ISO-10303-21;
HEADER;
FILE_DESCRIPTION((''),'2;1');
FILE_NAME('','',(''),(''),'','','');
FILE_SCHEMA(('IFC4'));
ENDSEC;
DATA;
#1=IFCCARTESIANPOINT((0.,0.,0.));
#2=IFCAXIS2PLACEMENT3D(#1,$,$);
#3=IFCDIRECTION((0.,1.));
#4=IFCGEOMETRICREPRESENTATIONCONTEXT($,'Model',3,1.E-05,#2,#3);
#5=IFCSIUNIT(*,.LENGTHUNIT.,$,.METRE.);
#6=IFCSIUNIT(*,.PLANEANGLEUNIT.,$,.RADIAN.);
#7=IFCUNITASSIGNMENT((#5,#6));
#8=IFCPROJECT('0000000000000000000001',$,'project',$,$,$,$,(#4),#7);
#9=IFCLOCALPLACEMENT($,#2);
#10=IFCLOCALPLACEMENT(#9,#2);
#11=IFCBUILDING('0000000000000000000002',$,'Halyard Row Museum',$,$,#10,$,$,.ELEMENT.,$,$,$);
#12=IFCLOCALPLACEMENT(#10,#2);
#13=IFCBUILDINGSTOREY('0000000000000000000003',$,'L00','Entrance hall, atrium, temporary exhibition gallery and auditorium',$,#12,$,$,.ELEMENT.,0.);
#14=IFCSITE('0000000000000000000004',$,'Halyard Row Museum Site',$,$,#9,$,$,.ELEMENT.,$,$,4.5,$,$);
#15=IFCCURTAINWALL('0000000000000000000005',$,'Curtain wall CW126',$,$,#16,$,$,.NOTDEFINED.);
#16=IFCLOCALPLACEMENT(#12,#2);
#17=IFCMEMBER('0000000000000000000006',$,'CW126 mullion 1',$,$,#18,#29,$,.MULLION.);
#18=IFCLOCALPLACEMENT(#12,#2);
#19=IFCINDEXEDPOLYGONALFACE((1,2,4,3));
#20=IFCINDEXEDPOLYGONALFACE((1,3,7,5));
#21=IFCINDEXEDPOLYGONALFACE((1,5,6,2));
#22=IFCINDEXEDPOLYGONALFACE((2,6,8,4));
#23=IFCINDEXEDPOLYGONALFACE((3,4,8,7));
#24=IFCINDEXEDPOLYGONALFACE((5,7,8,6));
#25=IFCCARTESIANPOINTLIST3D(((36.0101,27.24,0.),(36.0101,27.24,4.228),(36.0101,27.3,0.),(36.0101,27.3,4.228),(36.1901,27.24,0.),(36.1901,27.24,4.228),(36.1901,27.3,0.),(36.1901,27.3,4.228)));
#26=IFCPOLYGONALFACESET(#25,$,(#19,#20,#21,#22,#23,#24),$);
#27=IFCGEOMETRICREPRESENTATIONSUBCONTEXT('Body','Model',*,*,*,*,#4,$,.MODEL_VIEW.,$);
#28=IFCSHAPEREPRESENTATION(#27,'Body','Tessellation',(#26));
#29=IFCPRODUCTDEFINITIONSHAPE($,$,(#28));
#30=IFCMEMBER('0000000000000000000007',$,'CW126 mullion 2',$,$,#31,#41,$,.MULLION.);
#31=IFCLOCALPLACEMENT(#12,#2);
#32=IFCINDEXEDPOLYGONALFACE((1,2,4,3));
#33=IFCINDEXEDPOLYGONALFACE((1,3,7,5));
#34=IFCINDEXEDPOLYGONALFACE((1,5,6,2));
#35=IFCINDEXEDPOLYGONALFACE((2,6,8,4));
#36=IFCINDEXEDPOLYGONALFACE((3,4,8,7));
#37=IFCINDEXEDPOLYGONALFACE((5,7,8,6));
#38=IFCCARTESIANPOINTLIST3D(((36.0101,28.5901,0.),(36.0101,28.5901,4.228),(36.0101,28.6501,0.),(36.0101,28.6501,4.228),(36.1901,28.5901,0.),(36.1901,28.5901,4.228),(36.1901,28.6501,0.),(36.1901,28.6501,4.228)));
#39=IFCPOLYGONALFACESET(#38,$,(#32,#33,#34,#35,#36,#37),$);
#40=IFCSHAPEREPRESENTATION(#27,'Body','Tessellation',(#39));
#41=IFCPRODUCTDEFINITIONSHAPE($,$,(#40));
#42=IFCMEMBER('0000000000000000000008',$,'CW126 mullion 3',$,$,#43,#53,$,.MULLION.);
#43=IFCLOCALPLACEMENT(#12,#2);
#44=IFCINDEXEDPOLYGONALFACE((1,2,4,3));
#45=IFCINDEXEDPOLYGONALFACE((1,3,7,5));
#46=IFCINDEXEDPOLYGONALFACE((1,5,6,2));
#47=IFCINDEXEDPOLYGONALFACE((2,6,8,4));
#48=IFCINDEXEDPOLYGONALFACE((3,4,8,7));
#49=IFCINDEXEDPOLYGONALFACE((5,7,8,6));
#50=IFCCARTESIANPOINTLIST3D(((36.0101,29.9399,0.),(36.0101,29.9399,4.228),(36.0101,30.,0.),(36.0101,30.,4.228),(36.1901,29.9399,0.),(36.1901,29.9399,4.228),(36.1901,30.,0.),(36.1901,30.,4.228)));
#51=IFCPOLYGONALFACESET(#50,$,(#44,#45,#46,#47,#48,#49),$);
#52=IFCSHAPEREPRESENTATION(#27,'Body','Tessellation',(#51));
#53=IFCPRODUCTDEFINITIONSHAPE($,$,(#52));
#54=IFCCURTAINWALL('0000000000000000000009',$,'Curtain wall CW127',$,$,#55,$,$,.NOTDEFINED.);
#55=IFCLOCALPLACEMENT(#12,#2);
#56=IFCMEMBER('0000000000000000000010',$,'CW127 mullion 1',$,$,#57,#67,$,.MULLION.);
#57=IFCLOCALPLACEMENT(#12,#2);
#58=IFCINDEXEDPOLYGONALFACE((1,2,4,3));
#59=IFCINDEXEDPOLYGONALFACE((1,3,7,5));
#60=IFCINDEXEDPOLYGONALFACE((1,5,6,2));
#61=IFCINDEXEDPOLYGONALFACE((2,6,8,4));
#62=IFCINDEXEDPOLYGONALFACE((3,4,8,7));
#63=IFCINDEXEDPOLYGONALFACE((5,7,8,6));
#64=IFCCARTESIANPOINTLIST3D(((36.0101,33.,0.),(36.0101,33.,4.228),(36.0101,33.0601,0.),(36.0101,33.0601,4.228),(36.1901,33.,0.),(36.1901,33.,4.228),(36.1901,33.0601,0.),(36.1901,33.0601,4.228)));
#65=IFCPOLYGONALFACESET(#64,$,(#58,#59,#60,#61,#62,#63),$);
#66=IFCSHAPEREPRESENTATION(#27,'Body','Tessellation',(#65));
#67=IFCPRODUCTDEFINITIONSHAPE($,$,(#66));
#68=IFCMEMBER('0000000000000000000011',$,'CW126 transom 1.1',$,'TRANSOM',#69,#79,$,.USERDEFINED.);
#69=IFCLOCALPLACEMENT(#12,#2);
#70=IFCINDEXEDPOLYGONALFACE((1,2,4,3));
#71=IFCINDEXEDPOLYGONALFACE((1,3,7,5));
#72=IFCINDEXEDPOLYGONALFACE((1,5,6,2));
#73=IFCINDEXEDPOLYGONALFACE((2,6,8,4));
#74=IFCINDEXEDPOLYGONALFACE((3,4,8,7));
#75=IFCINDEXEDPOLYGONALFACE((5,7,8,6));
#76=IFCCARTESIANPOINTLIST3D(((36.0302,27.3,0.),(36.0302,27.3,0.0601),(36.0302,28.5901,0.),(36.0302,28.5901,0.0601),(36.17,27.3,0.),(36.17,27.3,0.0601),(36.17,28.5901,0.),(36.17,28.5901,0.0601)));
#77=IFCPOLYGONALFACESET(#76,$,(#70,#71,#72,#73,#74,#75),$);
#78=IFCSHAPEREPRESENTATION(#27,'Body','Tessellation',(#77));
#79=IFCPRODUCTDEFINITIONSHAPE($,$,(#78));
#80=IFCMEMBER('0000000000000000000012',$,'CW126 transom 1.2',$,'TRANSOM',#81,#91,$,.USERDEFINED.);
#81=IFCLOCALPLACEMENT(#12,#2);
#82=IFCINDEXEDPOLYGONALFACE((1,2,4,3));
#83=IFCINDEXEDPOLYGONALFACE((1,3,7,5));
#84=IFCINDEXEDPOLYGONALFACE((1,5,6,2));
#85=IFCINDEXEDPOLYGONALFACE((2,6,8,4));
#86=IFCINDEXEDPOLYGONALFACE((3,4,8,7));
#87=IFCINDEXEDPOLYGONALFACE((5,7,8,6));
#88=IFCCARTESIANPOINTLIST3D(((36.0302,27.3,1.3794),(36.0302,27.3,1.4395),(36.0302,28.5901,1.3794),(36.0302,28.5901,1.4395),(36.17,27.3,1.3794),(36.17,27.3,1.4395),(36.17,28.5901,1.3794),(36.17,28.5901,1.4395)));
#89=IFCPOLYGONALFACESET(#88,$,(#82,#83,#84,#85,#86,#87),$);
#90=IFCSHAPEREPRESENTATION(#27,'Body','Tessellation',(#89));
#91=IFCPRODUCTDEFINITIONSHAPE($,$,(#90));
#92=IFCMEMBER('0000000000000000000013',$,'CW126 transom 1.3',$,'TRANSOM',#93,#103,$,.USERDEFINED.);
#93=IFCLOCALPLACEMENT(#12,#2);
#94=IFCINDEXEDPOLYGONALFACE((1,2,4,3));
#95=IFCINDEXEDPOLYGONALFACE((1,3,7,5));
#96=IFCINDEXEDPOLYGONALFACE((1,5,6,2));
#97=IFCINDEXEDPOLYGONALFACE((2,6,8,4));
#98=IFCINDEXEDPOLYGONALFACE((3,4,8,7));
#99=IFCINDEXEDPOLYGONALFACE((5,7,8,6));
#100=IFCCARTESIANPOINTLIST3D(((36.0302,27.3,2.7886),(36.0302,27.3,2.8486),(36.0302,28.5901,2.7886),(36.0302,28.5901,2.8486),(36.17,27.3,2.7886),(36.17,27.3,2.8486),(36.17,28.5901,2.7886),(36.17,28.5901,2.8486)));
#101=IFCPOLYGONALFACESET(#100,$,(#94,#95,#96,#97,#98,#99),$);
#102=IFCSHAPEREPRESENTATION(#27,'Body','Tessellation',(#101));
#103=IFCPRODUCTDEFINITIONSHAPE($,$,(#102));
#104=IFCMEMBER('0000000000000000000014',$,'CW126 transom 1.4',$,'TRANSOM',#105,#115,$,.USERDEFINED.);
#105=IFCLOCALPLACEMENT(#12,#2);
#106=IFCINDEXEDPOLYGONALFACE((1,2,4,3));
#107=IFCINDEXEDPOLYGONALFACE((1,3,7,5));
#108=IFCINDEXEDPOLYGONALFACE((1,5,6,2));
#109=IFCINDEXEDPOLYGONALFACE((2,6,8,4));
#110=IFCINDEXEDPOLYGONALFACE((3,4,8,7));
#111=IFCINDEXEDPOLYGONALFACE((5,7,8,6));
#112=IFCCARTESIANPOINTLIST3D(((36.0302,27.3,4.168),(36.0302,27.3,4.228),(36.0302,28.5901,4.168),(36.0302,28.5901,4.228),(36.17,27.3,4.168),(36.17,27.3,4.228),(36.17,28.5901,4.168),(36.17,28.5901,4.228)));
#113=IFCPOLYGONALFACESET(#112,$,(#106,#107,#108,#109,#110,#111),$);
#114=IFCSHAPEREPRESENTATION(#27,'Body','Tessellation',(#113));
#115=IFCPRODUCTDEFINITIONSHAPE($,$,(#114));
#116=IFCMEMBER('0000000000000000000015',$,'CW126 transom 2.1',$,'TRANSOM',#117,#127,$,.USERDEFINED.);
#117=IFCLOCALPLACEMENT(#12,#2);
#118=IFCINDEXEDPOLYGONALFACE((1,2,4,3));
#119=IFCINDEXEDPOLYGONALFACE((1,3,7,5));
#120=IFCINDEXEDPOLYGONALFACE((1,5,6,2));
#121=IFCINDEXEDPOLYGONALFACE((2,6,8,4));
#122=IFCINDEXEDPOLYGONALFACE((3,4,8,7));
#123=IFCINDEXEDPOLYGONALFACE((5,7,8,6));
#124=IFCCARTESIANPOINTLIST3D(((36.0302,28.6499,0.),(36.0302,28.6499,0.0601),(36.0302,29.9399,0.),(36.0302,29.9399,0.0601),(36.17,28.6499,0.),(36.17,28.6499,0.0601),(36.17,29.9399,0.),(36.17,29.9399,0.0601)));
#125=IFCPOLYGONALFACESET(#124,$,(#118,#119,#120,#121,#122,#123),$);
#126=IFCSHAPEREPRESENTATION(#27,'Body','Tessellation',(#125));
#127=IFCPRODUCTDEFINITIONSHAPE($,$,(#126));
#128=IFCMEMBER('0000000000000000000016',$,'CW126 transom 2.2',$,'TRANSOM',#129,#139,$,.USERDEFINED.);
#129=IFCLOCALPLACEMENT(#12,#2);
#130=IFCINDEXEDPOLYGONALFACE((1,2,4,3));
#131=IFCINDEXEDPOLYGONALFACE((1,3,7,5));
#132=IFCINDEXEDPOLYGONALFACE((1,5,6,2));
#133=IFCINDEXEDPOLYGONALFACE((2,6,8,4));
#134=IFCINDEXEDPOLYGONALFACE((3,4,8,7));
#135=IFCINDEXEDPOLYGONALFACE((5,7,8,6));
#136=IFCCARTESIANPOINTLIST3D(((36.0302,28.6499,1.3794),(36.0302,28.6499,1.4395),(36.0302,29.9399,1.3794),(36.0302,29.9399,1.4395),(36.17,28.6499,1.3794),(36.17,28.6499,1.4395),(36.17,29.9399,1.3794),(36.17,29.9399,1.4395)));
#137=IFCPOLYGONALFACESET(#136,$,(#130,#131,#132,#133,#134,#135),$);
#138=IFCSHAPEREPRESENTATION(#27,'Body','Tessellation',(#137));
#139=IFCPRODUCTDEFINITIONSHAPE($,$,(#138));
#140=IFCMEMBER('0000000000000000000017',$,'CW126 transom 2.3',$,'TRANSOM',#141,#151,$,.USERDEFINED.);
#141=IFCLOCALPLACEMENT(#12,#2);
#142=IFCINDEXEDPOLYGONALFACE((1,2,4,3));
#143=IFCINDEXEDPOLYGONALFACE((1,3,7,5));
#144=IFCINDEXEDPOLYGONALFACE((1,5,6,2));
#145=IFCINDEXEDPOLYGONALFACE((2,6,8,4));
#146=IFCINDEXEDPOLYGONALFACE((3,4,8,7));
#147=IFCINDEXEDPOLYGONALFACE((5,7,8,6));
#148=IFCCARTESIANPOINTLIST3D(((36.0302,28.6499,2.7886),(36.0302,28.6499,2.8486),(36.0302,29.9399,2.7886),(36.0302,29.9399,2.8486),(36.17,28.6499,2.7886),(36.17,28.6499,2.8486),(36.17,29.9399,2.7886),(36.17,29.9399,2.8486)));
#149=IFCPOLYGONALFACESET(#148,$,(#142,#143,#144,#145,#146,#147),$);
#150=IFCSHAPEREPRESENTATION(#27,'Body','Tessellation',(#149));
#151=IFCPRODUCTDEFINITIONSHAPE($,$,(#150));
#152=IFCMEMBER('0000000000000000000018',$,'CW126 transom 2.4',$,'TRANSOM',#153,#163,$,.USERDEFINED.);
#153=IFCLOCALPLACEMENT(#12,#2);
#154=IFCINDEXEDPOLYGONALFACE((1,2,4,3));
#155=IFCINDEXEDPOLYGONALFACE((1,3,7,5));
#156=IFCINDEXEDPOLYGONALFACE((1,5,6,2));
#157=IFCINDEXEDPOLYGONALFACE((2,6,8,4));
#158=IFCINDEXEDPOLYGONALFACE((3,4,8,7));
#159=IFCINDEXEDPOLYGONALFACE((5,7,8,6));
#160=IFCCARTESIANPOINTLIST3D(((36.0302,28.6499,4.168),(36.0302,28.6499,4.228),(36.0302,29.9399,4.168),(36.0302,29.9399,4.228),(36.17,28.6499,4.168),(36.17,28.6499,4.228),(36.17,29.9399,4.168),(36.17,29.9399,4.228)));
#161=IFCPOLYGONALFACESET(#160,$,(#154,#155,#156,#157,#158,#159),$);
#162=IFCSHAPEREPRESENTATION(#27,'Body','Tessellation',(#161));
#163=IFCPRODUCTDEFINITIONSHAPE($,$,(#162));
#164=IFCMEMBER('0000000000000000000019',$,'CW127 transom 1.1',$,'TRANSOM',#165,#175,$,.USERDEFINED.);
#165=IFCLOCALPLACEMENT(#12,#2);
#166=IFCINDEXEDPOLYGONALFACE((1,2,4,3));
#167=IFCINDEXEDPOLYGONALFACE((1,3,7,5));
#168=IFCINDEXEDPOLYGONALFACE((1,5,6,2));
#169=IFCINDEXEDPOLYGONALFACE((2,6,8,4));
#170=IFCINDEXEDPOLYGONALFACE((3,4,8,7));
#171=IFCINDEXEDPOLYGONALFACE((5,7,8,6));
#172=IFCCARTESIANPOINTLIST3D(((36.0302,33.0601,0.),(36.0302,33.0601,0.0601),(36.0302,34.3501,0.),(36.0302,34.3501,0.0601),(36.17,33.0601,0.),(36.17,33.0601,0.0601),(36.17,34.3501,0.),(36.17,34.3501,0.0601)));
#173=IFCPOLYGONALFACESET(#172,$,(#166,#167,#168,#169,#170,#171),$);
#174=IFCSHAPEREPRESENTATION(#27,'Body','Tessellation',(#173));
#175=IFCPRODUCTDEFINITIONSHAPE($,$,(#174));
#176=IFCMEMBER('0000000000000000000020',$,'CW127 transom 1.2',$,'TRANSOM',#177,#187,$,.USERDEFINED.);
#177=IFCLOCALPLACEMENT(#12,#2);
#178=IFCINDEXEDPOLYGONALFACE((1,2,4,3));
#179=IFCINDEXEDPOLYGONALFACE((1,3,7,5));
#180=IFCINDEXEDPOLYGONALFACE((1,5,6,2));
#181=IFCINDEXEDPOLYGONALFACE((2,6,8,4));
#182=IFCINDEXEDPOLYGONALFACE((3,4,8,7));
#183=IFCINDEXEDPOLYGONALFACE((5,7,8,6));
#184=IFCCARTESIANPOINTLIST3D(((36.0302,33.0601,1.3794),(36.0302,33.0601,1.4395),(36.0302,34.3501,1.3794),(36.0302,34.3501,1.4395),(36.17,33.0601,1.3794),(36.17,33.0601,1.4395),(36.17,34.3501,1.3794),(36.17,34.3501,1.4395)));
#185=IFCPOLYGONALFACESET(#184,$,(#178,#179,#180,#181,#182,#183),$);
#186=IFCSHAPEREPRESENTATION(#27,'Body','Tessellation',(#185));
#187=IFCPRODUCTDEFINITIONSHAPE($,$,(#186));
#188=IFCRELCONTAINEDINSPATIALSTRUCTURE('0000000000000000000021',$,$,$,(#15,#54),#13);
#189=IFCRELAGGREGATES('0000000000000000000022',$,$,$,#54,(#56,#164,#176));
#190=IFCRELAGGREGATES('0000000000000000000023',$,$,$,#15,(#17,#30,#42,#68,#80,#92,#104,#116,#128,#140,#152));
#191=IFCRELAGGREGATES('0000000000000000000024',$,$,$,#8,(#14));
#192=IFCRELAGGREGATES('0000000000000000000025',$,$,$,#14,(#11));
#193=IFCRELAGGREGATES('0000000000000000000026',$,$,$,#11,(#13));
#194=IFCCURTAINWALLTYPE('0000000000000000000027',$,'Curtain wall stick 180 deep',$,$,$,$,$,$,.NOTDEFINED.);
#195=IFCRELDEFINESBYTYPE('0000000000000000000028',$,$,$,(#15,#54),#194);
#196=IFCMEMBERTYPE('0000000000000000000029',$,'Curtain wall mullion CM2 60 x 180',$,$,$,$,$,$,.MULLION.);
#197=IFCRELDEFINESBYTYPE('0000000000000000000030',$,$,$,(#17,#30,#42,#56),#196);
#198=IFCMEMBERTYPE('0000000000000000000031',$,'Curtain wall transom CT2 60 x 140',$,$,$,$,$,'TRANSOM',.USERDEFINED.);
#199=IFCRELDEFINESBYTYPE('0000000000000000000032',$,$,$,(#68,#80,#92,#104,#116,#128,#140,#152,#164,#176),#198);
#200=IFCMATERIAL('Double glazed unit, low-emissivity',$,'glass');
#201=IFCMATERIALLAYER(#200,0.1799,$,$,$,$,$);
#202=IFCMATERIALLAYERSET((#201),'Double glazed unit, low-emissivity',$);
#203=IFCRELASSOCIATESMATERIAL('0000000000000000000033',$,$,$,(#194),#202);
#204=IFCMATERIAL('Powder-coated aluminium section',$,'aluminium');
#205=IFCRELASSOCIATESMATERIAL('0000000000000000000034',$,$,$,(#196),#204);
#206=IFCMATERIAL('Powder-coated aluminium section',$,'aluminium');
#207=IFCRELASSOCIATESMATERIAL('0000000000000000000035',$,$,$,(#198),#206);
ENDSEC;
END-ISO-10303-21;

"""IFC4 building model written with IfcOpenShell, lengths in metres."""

from ifc_helpers import new_model, si_unit, direction, frame, origin, origin_2d, place, context, subcontext, project, spatial, rectangle, extrude, material, layer, layer_set, material_profile, profile_set, type_object, element, aggregate, save


model = new_model("IFC4")

# Units and contexts
model_context = context("Model", 3, precision=1e-05, world=origin(), true_north=direction((0.0, 1.0)))
body_context = subcontext(model_context, "Body", "Model", "MODEL_VIEW")
ifc_project = project(units=[si_unit("LENGTHUNIT", "METRE"), si_unit("PLANEANGLEUNIT", "RADIAN")], contexts=[model_context])

# Site, building, storey
site_placement = place(None, origin())
site = spatial("IfcSite", under=ifc_project, at=site_placement, Name="Halyard Row Museum Site", CompositionType="ELEMENT", RefElevation=4.5)
building_placement = place(site_placement, origin())
building = spatial("IfcBuilding", under=site, at=building_placement, Name="Halyard Row Museum", CompositionType="ELEMENT")
storey_placement = place(building_placement, origin())
storey = spatial("IfcBuildingStorey", under=building, at=storey_placement, Name="L00", Description="Entrance hall, atrium, temporary exhibition gallery and auditorium", CompositionType="ELEMENT", Elevation=0.0)

# Curtain wall, members
ifc_material_1 = material(Name="Double glazed unit, low-emissivity", Category="glass")
ifc_layer_1 = layer(ifc_material_1, 0.1799)
ifc_layer_set_1 = layer_set([ifc_layer_1], Name="Double glazed unit, low-emissivity")
curtain_wall_type = type_object("IfcCurtainWallType", Name="Curtain wall stick 180 deep", PredefinedType="NOTDEFINED", material=ifc_layer_set_1)
curtain_wall_1_placement = place(storey_placement, origin())
curtain_wall_1 = element("IfcCurtainWall", 1, at=curtain_wall_1_placement, inside=storey, type_object=curtain_wall_type, Name="Curtain wall CW126", PredefinedType="NOTDEFINED")
ifc_material_2 = material(Name="Powder-coated aluminium section", Category="aluminium")
ifc_material_profile_1 = material_profile(ifc_material_2, rectangle(XDim=0.1799, YDim=0.0601, at=origin_2d()), Name="180x60 mullion")
ifc_profile_set_1 = profile_set([ifc_material_profile_1], Name="Powder-coated aluminium section")
member_type_1 = type_object("IfcMemberType", Name="Curtain wall mullion CM2 60 x 180", PredefinedType="MULLION", material=ifc_profile_set_1)
member_1_placement = place(storey_placement, frame((36.1001, 27.27, 0.0), z_axis=(0.0, 0.0, 1.0), x_axis=(-1.0, 0.0, 0.0)))
member_1 = element("IfcMember", 2, at=member_1_placement, type_object=member_type_1, Name="CW126 mullion 1", PredefinedType="MULLION", context=body_context, shape_type="SweptSolid", body=[
    extrude(rectangle(XDim=0.1799, YDim=0.0601, at=origin_2d()), origin(), (0.0, 0.0, 1.0), 4.228),
])
member_2_placement = place(storey_placement, frame((36.1001, 28.6201, 0.0), z_axis=(0.0, 0.0, 1.0), x_axis=(-1.0, 0.0, 0.0)))
member_2 = element("IfcMember", 3, at=member_2_placement, type_object=member_type_1, Name="CW126 mullion 2", PredefinedType="MULLION", context=body_context, shape_type="SweptSolid", body=[
    extrude(rectangle(XDim=0.1799, YDim=0.0601, at=origin_2d()), origin(), (0.0, 0.0, 1.0), 4.228),
])
member_3_placement = place(storey_placement, frame((36.1001, 29.97, 0.0), z_axis=(0.0, 0.0, 1.0), x_axis=(-1.0, 0.0, 0.0)))
member_3 = element("IfcMember", 4, at=member_3_placement, type_object=member_type_1, Name="CW126 mullion 3", PredefinedType="MULLION", context=body_context, shape_type="SweptSolid", body=[
    extrude(rectangle(XDim=0.1799, YDim=0.0601, at=origin_2d()), origin(), (0.0, 0.0, 1.0), 4.228),
])

# Curtain wall, member
curtain_wall_2_placement = place(storey_placement, origin())
curtain_wall_2 = element("IfcCurtainWall", 5, at=curtain_wall_2_placement, inside=storey, type_object=curtain_wall_type, Name="Curtain wall CW127", PredefinedType="NOTDEFINED")
member_4_placement = place(storey_placement, frame((36.1001, 33.03, 0.0), z_axis=(0.0, 0.0, 1.0), x_axis=(-1.0, 0.0, 0.0)))
member_4 = element("IfcMember", 6, at=member_4_placement, type_object=member_type_1, Name="CW127 mullion 1", PredefinedType="MULLION", context=body_context, shape_type="SweptSolid", body=[
    extrude(rectangle(XDim=0.1799, YDim=0.0601, at=origin_2d()), origin(), (0.0, 0.0, 1.0), 4.228),
])

# Members
ifc_material_3 = material(Name="Powder-coated aluminium section", Category="aluminium")
ifc_material_profile_2 = material_profile(ifc_material_3, rectangle(XDim=0.1399, YDim=0.0601, at=origin_2d()), Name="140x60 transom")
ifc_profile_set_2 = profile_set([ifc_material_profile_2], Name="Powder-coated aluminium section")
member_type_2 = type_object("IfcMemberType", Name="Curtain wall transom CT2 60 x 140", ElementType="TRANSOM", PredefinedType="USERDEFINED", material=ifc_profile_set_2)
member_5_placement = place(storey_placement, frame((36.1001, 27.3, 0.03), z_axis=(0.0, 1.0, 0.0), x_axis=(-1.0, 0.0, 0.0)))
member_5 = element("IfcMember", 7, at=member_5_placement, type_object=member_type_2, Name="CW126 transom 1.1", ObjectType="TRANSOM", PredefinedType="USERDEFINED", context=body_context, shape_type="SweptSolid", body=[
    extrude(rectangle(XDim=0.1399, YDim=0.0601, at=origin_2d()), origin(), (0.0, 0.0, 1.0), 1.29),
])
member_6_placement = place(storey_placement, frame((36.1001, 27.3, 1.4094), z_axis=(0.0, 1.0, 0.0), x_axis=(-1.0, 0.0, 0.0)))
member_6 = element("IfcMember", 8, at=member_6_placement, type_object=member_type_2, Name="CW126 transom 1.2", ObjectType="TRANSOM", PredefinedType="USERDEFINED", context=body_context, shape_type="SweptSolid", body=[
    extrude(rectangle(XDim=0.1399, YDim=0.0601, at=origin_2d()), origin(), (0.0, 0.0, 1.0), 1.29),
])
member_7_placement = place(storey_placement, frame((36.1001, 27.3, 2.8186), z_axis=(0.0, 1.0, 0.0), x_axis=(-1.0, 0.0, 0.0)))
member_7 = element("IfcMember", 9, at=member_7_placement, type_object=member_type_2, Name="CW126 transom 1.3", ObjectType="TRANSOM", PredefinedType="USERDEFINED", context=body_context, shape_type="SweptSolid", body=[
    extrude(rectangle(XDim=0.1399, YDim=0.0601, at=origin_2d()), origin(), (0.0, 0.0, 1.0), 1.29),
])
member_8_placement = place(storey_placement, frame((36.1001, 27.3, 4.198), z_axis=(0.0, 1.0, 0.0), x_axis=(-1.0, 0.0, 0.0)))
member_8 = element("IfcMember", 10, at=member_8_placement, type_object=member_type_2, Name="CW126 transom 1.4", ObjectType="TRANSOM", PredefinedType="USERDEFINED", context=body_context, shape_type="SweptSolid", body=[
    extrude(rectangle(XDim=0.1399, YDim=0.0601, at=origin_2d()), origin(), (0.0, 0.0, 1.0), 1.29),
])
member_9_placement = place(storey_placement, frame((36.1001, 28.6499, 0.03), z_axis=(0.0, 1.0, 0.0), x_axis=(-1.0, 0.0, 0.0)))
member_9 = element("IfcMember", 11, at=member_9_placement, type_object=member_type_2, Name="CW126 transom 2.1", ObjectType="TRANSOM", PredefinedType="USERDEFINED", context=body_context, shape_type="SweptSolid", body=[
    extrude(rectangle(XDim=0.1399, YDim=0.0601, at=origin_2d()), origin(), (0.0, 0.0, 1.0), 1.29),
])
member_10_placement = place(storey_placement, frame((36.1001, 28.6499, 1.4094), z_axis=(0.0, 1.0, 0.0), x_axis=(-1.0, 0.0, 0.0)))
member_10 = element("IfcMember", 12, at=member_10_placement, type_object=member_type_2, Name="CW126 transom 2.2", ObjectType="TRANSOM", PredefinedType="USERDEFINED", context=body_context, shape_type="SweptSolid", body=[
    extrude(rectangle(XDim=0.1399, YDim=0.0601, at=origin_2d()), origin(), (0.0, 0.0, 1.0), 1.29),
])
member_11_placement = place(storey_placement, frame((36.1001, 28.6499, 2.8186), z_axis=(0.0, 1.0, 0.0), x_axis=(-1.0, 0.0, 0.0)))
member_11 = element("IfcMember", 13, at=member_11_placement, type_object=member_type_2, Name="CW126 transom 2.3", ObjectType="TRANSOM", PredefinedType="USERDEFINED", context=body_context, shape_type="SweptSolid", body=[
    extrude(rectangle(XDim=0.1399, YDim=0.0601, at=origin_2d()), origin(), (0.0, 0.0, 1.0), 1.29),
])
member_12_placement = place(storey_placement, frame((36.1001, 28.6499, 4.198), z_axis=(0.0, 1.0, 0.0), x_axis=(-1.0, 0.0, 0.0)))
member_12 = element("IfcMember", 14, at=member_12_placement, type_object=member_type_2, Name="CW126 transom 2.4", ObjectType="TRANSOM", PredefinedType="USERDEFINED", context=body_context, shape_type="SweptSolid", body=[
    extrude(rectangle(XDim=0.1399, YDim=0.0601, at=origin_2d()), origin(), (0.0, 0.0, 1.0), 1.29),
])
member_13_placement = place(storey_placement, frame((36.1001, 33.0601, 0.03), z_axis=(0.0, 1.0, 0.0), x_axis=(-1.0, 0.0, 0.0)))
member_13 = element("IfcMember", 15, at=member_13_placement, type_object=member_type_2, Name="CW127 transom 1.1", ObjectType="TRANSOM", PredefinedType="USERDEFINED", context=body_context, shape_type="SweptSolid", body=[
    extrude(rectangle(XDim=0.1399, YDim=0.0601, at=origin_2d()), origin(), (0.0, 0.0, 1.0), 1.29),
])
member_14_placement = place(storey_placement, frame((36.1001, 33.0601, 1.4094), z_axis=(0.0, 1.0, 0.0), x_axis=(-1.0, 0.0, 0.0)))
member_14 = element("IfcMember", 16, at=member_14_placement, type_object=member_type_2, Name="CW127 transom 1.2", ObjectType="TRANSOM", PredefinedType="USERDEFINED", context=body_context, shape_type="SweptSolid", body=[
    extrude(rectangle(XDim=0.1399, YDim=0.0601, at=origin_2d()), origin(), (0.0, 0.0, 1.0), 1.29),
])
aggregate(curtain_wall_2, [member_4, member_13, member_14])

aggregate(curtain_wall_1, [member_1, member_2, member_3, member_5, member_6, member_7, member_8, member_9, member_10, member_11, member_12])

save(model, "model.ifc")
